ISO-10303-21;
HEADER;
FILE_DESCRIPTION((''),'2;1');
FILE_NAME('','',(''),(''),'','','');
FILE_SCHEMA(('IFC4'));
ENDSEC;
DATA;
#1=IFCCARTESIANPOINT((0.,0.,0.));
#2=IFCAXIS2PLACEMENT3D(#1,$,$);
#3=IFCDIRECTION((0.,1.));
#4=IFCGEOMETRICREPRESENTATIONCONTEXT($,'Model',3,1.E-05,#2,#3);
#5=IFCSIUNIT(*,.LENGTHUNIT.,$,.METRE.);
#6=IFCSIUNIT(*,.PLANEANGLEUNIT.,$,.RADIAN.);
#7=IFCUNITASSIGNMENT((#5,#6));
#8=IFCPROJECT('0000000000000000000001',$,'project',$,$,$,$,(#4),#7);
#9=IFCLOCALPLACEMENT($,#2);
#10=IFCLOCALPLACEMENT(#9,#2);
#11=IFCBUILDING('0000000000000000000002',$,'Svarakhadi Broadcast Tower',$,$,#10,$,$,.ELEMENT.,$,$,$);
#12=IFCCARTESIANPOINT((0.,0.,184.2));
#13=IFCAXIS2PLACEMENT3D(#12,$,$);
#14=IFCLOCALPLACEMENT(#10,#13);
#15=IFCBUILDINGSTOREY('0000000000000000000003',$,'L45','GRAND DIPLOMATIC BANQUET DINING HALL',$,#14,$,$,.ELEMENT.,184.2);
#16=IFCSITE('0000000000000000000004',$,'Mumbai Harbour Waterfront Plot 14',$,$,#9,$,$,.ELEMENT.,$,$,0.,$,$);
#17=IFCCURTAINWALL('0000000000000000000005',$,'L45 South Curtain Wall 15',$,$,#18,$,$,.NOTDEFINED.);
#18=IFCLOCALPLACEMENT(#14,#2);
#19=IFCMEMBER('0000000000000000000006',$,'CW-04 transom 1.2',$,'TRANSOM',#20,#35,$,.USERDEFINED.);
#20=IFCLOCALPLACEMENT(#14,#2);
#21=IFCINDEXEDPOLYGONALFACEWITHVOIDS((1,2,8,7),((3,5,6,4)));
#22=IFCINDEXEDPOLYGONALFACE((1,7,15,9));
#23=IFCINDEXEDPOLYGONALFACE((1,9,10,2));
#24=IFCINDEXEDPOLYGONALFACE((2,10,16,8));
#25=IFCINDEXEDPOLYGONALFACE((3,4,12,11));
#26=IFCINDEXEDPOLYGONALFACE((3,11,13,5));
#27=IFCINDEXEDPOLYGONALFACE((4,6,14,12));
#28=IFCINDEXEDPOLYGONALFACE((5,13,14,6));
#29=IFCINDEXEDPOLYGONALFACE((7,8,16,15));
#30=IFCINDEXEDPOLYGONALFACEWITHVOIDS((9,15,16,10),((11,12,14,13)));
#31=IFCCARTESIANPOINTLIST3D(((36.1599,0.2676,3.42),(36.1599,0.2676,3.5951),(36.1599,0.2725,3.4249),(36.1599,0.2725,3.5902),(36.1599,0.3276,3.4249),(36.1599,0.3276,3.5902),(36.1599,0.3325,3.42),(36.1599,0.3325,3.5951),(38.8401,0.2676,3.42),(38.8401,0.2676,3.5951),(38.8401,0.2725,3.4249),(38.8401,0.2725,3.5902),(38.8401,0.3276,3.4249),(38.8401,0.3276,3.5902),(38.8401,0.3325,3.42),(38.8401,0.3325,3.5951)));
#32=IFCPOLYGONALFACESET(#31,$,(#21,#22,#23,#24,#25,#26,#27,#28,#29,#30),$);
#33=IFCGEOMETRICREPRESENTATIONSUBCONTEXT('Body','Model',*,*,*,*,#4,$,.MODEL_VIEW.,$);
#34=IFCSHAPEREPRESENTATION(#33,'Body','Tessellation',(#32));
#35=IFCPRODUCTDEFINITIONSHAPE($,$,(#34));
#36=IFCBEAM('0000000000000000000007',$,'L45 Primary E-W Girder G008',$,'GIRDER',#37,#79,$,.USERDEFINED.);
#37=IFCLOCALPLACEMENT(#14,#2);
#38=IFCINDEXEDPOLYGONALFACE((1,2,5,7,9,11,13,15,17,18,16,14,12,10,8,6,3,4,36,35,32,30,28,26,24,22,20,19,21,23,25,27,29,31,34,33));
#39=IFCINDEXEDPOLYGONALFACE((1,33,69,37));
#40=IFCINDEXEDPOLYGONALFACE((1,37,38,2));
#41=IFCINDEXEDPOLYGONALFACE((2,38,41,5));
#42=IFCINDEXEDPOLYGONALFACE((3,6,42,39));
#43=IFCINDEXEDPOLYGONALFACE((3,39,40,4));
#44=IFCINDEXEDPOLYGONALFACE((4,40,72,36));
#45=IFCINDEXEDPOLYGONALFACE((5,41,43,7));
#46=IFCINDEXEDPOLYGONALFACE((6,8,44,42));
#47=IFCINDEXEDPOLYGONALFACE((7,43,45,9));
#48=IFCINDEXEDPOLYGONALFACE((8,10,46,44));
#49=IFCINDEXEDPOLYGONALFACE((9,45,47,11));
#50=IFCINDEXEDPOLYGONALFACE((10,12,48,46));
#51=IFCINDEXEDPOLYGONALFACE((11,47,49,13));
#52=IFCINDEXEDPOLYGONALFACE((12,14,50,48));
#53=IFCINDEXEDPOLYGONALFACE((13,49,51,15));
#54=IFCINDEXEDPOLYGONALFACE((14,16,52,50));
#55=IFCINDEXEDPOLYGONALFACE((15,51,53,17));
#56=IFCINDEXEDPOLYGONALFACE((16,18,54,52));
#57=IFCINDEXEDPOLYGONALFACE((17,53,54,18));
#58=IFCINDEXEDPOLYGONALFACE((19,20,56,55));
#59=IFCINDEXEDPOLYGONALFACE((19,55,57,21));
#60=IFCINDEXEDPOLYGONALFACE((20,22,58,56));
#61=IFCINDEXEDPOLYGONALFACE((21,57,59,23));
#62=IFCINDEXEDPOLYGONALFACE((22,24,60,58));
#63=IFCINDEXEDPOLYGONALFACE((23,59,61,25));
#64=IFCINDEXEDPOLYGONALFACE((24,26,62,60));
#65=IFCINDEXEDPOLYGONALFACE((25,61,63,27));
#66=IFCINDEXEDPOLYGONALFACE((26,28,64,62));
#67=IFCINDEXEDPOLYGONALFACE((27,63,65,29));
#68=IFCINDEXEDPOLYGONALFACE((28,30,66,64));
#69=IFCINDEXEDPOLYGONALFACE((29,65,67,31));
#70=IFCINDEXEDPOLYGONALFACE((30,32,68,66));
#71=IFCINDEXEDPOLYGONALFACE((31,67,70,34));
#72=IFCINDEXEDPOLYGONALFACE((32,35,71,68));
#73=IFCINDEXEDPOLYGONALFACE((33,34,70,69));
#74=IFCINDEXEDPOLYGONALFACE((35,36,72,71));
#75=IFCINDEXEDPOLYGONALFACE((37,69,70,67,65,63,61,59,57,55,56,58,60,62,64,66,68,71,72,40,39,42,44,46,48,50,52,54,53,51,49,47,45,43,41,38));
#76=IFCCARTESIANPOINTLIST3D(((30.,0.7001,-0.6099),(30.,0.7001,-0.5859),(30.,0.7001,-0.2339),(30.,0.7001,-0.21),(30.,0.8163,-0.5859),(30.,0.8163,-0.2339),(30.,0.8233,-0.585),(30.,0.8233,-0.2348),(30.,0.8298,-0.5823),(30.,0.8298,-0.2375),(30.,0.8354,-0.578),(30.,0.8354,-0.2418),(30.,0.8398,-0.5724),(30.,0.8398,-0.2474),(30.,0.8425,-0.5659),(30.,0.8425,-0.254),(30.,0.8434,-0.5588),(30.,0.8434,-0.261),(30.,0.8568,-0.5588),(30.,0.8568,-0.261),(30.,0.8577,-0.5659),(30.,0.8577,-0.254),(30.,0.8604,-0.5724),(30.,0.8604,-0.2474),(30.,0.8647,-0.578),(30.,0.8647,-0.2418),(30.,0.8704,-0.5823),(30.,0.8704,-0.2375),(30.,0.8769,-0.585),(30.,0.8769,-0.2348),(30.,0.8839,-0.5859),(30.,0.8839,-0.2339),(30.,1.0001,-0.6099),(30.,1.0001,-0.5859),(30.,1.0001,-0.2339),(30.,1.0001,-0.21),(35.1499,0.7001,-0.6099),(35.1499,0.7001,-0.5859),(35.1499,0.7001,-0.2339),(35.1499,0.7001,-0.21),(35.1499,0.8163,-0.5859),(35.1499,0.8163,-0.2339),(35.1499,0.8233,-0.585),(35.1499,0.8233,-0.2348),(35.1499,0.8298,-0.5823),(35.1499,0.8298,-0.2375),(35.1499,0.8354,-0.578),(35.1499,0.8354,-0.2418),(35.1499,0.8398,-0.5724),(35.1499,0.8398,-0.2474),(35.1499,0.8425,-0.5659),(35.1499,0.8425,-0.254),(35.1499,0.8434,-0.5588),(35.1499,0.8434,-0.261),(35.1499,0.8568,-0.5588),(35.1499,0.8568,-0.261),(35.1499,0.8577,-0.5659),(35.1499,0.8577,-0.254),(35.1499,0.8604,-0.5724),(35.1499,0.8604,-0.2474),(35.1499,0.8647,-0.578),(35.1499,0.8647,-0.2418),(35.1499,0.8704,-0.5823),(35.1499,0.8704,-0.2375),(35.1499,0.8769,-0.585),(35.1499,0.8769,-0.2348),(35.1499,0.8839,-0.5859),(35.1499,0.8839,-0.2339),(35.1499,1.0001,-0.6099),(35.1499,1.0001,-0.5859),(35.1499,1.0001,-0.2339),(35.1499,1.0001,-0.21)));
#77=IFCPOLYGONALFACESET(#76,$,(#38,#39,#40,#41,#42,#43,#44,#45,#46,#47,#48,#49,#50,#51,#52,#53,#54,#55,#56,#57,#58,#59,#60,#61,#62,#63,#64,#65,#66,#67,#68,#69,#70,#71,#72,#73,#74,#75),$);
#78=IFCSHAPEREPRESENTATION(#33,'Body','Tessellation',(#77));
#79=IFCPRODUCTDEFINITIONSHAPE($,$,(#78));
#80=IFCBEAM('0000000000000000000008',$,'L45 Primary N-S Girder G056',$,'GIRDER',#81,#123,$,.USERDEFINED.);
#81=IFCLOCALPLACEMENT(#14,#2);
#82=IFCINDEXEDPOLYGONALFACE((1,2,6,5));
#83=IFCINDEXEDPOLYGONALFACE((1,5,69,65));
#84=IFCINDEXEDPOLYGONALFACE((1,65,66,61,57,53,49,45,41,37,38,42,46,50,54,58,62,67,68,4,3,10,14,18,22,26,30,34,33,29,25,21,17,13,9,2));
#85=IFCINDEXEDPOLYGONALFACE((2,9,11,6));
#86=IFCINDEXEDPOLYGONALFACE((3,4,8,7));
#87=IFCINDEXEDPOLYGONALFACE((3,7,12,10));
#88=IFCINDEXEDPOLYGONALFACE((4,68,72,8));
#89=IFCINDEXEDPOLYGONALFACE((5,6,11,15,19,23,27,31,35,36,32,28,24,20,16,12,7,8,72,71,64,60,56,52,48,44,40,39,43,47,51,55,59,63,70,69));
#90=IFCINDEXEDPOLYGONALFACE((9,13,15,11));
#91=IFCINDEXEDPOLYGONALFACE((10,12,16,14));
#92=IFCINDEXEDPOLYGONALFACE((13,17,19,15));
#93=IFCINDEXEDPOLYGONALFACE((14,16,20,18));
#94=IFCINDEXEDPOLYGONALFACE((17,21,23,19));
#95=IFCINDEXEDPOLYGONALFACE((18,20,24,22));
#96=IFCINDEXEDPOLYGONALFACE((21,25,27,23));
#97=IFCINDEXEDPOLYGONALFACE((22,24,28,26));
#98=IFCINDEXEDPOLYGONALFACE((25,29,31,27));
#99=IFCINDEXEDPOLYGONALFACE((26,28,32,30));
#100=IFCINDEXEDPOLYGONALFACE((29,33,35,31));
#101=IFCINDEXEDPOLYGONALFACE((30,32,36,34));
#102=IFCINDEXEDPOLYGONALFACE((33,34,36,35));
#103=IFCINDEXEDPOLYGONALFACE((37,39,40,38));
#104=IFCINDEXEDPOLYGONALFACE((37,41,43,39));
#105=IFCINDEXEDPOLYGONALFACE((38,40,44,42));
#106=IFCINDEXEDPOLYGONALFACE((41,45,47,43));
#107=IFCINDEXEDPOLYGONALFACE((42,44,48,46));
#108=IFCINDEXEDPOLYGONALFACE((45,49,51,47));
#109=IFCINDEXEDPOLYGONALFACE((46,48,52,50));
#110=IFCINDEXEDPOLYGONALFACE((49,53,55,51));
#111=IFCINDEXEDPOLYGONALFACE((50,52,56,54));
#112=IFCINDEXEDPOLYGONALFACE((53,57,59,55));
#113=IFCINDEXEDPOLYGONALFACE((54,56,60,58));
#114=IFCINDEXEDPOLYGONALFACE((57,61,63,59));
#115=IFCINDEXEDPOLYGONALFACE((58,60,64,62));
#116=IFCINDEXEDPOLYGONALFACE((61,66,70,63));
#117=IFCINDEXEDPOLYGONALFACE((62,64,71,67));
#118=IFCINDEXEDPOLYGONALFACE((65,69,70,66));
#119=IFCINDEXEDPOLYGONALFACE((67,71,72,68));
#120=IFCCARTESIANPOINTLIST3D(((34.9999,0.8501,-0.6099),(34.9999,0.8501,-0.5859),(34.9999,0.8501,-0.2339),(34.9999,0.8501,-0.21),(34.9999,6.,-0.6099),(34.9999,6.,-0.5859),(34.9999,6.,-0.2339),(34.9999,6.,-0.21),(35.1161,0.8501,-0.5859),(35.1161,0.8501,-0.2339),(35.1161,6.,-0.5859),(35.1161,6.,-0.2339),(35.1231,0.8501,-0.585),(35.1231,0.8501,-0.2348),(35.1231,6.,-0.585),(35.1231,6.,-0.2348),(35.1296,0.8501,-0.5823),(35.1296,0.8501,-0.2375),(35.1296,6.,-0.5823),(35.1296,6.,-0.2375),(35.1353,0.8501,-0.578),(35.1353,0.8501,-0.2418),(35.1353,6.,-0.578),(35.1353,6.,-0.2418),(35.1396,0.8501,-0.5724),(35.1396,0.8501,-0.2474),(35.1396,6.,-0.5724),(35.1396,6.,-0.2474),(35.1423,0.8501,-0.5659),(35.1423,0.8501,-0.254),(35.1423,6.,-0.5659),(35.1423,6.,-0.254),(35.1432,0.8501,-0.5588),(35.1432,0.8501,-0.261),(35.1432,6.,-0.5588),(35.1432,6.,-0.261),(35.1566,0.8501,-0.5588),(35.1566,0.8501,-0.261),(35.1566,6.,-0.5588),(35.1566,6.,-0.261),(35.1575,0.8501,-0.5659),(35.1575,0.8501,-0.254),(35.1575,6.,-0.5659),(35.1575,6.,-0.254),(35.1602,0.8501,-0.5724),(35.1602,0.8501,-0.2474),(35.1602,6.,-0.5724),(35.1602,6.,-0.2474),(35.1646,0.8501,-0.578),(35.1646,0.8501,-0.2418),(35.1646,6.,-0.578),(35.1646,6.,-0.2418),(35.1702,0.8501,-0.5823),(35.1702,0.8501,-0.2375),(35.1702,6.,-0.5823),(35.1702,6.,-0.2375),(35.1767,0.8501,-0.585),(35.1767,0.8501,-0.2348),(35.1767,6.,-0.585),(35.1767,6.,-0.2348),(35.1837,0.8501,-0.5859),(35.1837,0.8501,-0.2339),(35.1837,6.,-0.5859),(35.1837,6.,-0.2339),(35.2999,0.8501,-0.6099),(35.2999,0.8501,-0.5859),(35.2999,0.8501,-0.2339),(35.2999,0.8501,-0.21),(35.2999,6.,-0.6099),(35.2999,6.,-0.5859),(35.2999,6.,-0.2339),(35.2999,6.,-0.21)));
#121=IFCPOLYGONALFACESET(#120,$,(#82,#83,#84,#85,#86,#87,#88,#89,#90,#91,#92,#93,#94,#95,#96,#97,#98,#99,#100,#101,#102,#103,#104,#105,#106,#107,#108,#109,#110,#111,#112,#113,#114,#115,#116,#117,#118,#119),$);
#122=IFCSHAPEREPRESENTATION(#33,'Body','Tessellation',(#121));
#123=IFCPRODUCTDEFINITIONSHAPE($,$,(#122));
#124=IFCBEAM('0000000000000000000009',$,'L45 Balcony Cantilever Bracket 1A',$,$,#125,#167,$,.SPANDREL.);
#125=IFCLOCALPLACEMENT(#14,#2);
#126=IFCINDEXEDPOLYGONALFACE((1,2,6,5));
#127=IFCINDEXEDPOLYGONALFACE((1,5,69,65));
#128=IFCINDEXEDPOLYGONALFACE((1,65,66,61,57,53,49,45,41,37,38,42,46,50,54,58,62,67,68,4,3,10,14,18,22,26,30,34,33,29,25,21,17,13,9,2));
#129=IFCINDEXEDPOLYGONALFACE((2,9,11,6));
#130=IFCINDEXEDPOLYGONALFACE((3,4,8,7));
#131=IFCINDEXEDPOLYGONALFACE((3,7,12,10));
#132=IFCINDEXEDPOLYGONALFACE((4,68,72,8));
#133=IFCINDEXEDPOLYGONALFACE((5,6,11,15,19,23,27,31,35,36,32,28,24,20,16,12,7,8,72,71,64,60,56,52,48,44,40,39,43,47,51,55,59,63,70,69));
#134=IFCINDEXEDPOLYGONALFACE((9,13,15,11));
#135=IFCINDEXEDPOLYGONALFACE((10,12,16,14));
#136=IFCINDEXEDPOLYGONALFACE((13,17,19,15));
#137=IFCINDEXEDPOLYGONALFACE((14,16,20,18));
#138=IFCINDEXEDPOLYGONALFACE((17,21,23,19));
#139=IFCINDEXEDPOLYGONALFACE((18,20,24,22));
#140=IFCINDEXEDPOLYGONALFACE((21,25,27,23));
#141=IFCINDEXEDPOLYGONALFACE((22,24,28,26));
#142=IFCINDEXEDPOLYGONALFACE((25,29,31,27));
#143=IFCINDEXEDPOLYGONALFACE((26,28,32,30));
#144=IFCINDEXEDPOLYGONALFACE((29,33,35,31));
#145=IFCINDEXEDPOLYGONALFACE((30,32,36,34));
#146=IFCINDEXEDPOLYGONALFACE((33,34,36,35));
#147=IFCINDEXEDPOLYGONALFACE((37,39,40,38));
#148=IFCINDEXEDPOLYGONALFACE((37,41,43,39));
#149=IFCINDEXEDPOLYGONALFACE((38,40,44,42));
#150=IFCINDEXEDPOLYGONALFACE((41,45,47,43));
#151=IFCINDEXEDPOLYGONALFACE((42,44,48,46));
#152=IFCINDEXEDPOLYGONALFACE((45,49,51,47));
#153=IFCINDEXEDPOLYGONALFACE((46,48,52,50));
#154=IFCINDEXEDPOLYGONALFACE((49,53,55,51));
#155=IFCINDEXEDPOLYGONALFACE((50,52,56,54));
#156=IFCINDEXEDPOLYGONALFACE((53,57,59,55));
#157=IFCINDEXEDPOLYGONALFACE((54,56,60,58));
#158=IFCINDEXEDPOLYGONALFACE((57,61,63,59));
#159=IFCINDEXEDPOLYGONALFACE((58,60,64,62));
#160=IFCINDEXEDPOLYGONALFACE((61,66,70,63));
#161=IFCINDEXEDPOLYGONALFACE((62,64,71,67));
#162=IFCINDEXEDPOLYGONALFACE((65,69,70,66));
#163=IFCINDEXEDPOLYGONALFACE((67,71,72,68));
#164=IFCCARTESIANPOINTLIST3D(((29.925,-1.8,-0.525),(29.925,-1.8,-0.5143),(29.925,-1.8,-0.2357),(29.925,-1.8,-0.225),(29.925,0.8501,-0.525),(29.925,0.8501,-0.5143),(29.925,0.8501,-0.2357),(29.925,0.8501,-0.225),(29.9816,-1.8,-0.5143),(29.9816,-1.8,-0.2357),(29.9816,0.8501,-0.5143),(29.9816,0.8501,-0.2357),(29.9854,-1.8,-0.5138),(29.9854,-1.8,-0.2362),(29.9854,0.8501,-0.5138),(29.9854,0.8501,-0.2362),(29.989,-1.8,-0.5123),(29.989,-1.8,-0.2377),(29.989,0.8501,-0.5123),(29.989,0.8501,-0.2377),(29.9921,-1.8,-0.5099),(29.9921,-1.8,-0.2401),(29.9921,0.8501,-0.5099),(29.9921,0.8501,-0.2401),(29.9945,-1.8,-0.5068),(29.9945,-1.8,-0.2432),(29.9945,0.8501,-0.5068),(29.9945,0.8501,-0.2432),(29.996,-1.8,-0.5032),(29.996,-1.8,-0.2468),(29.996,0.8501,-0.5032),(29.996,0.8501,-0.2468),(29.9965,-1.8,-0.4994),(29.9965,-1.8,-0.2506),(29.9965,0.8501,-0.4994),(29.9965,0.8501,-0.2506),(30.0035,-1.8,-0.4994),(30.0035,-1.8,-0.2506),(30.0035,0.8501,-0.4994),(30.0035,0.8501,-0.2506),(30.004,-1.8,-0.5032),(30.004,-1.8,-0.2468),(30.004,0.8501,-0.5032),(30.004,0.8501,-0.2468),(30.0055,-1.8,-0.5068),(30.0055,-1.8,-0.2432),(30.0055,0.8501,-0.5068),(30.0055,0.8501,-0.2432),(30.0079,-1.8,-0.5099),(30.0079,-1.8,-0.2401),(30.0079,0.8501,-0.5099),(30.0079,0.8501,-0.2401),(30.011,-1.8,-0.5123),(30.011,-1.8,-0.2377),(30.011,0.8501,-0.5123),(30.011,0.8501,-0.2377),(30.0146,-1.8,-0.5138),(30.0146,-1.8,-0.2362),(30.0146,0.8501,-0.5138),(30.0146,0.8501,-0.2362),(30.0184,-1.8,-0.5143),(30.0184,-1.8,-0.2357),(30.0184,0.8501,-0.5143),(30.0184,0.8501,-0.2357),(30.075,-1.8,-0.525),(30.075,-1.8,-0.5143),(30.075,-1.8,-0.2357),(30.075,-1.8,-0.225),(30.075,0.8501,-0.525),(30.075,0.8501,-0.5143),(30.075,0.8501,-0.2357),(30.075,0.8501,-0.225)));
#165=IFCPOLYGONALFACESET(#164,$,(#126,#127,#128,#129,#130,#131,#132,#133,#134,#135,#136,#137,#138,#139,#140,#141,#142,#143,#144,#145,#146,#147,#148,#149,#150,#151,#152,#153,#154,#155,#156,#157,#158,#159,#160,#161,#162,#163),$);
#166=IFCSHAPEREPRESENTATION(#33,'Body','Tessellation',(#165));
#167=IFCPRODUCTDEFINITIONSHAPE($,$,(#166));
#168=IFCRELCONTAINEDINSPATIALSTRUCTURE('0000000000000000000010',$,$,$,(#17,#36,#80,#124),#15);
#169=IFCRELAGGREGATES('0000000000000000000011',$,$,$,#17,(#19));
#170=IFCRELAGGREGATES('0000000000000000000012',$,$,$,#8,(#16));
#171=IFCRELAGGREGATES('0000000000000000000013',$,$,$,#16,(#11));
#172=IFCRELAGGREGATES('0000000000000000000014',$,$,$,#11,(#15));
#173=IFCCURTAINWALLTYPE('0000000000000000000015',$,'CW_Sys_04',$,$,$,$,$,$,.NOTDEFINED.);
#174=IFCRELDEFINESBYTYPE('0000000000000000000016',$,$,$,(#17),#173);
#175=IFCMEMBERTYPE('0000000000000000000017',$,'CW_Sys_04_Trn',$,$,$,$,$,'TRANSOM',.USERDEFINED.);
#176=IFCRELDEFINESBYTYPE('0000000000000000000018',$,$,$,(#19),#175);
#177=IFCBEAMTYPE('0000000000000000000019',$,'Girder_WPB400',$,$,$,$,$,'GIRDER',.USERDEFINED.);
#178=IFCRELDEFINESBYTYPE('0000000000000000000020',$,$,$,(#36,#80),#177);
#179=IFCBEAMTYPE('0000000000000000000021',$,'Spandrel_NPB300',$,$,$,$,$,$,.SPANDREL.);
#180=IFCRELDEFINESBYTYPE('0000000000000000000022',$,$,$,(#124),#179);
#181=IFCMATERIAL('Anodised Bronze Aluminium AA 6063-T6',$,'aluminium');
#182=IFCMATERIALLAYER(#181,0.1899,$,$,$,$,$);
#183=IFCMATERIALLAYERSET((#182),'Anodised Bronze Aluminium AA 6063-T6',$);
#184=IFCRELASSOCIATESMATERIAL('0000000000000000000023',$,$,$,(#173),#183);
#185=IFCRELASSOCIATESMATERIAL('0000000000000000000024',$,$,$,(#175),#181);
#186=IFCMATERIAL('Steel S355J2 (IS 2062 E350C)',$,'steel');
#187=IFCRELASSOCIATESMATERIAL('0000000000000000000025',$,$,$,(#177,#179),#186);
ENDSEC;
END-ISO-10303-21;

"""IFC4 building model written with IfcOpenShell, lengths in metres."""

from ifc_helpers import new_model, si_unit, direction, frame, origin, origin_2d, place, context, subcontext, project, spatial, hollow_rectangle, i_section, extrude, material, layer, layer_set, material_profile, profile_set, type_object, element, aggregate, save


model = new_model("IFC4")

# Units and contexts
model_context = context("Model", 3, precision=1e-05, world=origin(), true_north=direction((0.0, 1.0)))
body_context = subcontext(model_context, "Body", "Model", "MODEL_VIEW")
ifc_project = project(units=[si_unit("LENGTHUNIT", "METRE"), si_unit("PLANEANGLEUNIT", "RADIAN")], contexts=[model_context])

# Site, building, storey
site_placement = place(None, origin())
site = spatial("IfcSite", under=ifc_project, at=site_placement, Name="Mumbai Harbour Waterfront Plot 14", CompositionType="ELEMENT", RefElevation=0.0)
building_placement = place(site_placement, origin())
building = spatial("IfcBuilding", under=site, at=building_placement, Name="Svarakhadi Broadcast Tower", CompositionType="ELEMENT")
storey_placement = place(building_placement, frame((0.0, 0.0, 184.2)))
storey = spatial("IfcBuildingStorey", under=building, at=storey_placement, Name="L45", Description="GRAND DIPLOMATIC BANQUET DINING HALL", CompositionType="ELEMENT", Elevation=184.2)

# Shared definitions
ifc_material_1 = material(Name="Anodised Bronze Aluminium AA 6063-T6", Category="aluminium")
ifc_layer_1 = layer(ifc_material_1, 0.1899)
ifc_layer_set_1 = layer_set([ifc_layer_1], Name="Anodised Bronze Aluminium AA 6063-T6")
curtain_wall_type = type_object("IfcCurtainWallType", Name="CW_Sys_04", PredefinedType="NOTDEFINED", material=ifc_layer_set_1)

# Curtain wall
curtain_wall_1_placement = place(storey_placement, origin())
curtain_wall_1 = element("IfcCurtainWall", 1, at=curtain_wall_1_placement, inside=storey, type_object=curtain_wall_type, Name="L45 South Curtain Wall 15", PredefinedType="NOTDEFINED")

# Member
ifc_material_profile_1 = material_profile(ifc_material_1, hollow_rectangle(XDim=0.0649, YDim=0.175, WallThickness=0.0049, at=origin_2d()), Name="ALU TRANSOM 175x65x5")
ifc_profile_set_1 = profile_set([ifc_material_profile_1], Name="Anodised Bronze Aluminium AA 6063-T6")
member_type_1 = type_object("IfcMemberType", Name="CW_Sys_04_Trn", ElementType="TRANSOM", PredefinedType="USERDEFINED", material=ifc_profile_set_1)
member_1_placement = place(storey_placement, frame((38.8401, 0.3, 3.5076), z_axis=(-1.0, 0.0, 0.0), x_axis=(0.0, -1.0, 0.0)))
member_1 = element("IfcMember", 2, at=member_1_placement, type_object=member_type_1, Name="CW-04 transom 1.2", ObjectType="TRANSOM", PredefinedType="USERDEFINED", context=body_context, shape_type="SweptSolid", body=[
    extrude(hollow_rectangle(XDim=0.0649, YDim=0.175, WallThickness=0.0049, at=origin_2d()), origin(), (0.0, 0.0, 1.0), 2.6802),
])

# Beams
ifc_material_2 = material(Name="Steel S355J2 (IS 2062 E350C)", Category="steel")
ifc_material_profile_2 = material_profile(ifc_material_2, i_section(OverallWidth=0.3, OverallDepth=0.3999, WebThickness=0.0134, FlangeThickness=0.0239, FilletRadius=0.0271, at=origin_2d()), Name="WPB 400x300x155")
ifc_profile_set_2 = profile_set([ifc_material_profile_2], Name="Steel S355J2 (IS 2062 E350C)")
beam_type_1 = type_object("IfcBeamType", Name="Girder_WPB400", ElementType="GIRDER", PredefinedType="USERDEFINED", material=ifc_profile_set_2)
for number, where, z_axis, x_axis, name in (
    (3, (30.0, 0.8501, -0.4099), (1.0, 0.0, 0.0), (0.0, 1.0, 0.0), "L45 Primary E-W Girder G008"),
    (4, (35.1499, 0.8501, -0.4099), (0.0, 1.0, 0.0), (-1.0, 0.0, 0.0), "L45 Primary N-S Girder G056"),
):
    element("IfcBeam", number, at=place(storey_placement, frame(where, z_axis=z_axis, x_axis=x_axis)), inside=storey, type_object=beam_type_1, Name=name, ObjectType="GIRDER", PredefinedType="USERDEFINED", context=body_context, shape_type="SweptSolid", body=[
        extrude(i_section(OverallWidth=0.3, OverallDepth=0.3999, WebThickness=0.0134, FlangeThickness=0.0239, FilletRadius=0.0271, at=origin_2d()), origin(), (0.0, 0.0, 1.0), 5.1499),
    ])
ifc_material_profile_3 = material_profile(ifc_material_2, i_section(OverallWidth=0.1499, OverallDepth=0.3, WebThickness=0.0071, FlangeThickness=0.0107, FilletRadius=0.0149, at=origin_2d()), Name="NPB 300x150x37")
ifc_profile_set_3 = profile_set([ifc_material_profile_3], Name="Steel S355J2 (IS 2062 E350C)")
beam_type_2 = type_object("IfcBeamType", Name="Spandrel_NPB300", PredefinedType="SPANDREL", material=ifc_profile_set_3)
for number, where, z_axis, x_axis, name in (
    (5, (30.0, 0.8501, -0.375), (0.0, -1.0, 0.0), (1.0, 0.0, 0.0), "L45 Balcony Cantilever Bracket 1A"),
):
    element("IfcBeam", number, at=place(storey_placement, frame(where, z_axis=z_axis, x_axis=x_axis)), inside=storey, type_object=beam_type_2, Name=name, PredefinedType="SPANDREL", context=body_context, shape_type="SweptSolid", body=[
        extrude(i_section(OverallWidth=0.1499, OverallDepth=0.3, WebThickness=0.0071, FlangeThickness=0.0107, FilletRadius=0.0149, at=origin_2d()), origin(), (0.0, 0.0, 1.0), 2.6501),
    ])

aggregate(curtain_wall_1, [member_1])

save(model, "model.ifc")
